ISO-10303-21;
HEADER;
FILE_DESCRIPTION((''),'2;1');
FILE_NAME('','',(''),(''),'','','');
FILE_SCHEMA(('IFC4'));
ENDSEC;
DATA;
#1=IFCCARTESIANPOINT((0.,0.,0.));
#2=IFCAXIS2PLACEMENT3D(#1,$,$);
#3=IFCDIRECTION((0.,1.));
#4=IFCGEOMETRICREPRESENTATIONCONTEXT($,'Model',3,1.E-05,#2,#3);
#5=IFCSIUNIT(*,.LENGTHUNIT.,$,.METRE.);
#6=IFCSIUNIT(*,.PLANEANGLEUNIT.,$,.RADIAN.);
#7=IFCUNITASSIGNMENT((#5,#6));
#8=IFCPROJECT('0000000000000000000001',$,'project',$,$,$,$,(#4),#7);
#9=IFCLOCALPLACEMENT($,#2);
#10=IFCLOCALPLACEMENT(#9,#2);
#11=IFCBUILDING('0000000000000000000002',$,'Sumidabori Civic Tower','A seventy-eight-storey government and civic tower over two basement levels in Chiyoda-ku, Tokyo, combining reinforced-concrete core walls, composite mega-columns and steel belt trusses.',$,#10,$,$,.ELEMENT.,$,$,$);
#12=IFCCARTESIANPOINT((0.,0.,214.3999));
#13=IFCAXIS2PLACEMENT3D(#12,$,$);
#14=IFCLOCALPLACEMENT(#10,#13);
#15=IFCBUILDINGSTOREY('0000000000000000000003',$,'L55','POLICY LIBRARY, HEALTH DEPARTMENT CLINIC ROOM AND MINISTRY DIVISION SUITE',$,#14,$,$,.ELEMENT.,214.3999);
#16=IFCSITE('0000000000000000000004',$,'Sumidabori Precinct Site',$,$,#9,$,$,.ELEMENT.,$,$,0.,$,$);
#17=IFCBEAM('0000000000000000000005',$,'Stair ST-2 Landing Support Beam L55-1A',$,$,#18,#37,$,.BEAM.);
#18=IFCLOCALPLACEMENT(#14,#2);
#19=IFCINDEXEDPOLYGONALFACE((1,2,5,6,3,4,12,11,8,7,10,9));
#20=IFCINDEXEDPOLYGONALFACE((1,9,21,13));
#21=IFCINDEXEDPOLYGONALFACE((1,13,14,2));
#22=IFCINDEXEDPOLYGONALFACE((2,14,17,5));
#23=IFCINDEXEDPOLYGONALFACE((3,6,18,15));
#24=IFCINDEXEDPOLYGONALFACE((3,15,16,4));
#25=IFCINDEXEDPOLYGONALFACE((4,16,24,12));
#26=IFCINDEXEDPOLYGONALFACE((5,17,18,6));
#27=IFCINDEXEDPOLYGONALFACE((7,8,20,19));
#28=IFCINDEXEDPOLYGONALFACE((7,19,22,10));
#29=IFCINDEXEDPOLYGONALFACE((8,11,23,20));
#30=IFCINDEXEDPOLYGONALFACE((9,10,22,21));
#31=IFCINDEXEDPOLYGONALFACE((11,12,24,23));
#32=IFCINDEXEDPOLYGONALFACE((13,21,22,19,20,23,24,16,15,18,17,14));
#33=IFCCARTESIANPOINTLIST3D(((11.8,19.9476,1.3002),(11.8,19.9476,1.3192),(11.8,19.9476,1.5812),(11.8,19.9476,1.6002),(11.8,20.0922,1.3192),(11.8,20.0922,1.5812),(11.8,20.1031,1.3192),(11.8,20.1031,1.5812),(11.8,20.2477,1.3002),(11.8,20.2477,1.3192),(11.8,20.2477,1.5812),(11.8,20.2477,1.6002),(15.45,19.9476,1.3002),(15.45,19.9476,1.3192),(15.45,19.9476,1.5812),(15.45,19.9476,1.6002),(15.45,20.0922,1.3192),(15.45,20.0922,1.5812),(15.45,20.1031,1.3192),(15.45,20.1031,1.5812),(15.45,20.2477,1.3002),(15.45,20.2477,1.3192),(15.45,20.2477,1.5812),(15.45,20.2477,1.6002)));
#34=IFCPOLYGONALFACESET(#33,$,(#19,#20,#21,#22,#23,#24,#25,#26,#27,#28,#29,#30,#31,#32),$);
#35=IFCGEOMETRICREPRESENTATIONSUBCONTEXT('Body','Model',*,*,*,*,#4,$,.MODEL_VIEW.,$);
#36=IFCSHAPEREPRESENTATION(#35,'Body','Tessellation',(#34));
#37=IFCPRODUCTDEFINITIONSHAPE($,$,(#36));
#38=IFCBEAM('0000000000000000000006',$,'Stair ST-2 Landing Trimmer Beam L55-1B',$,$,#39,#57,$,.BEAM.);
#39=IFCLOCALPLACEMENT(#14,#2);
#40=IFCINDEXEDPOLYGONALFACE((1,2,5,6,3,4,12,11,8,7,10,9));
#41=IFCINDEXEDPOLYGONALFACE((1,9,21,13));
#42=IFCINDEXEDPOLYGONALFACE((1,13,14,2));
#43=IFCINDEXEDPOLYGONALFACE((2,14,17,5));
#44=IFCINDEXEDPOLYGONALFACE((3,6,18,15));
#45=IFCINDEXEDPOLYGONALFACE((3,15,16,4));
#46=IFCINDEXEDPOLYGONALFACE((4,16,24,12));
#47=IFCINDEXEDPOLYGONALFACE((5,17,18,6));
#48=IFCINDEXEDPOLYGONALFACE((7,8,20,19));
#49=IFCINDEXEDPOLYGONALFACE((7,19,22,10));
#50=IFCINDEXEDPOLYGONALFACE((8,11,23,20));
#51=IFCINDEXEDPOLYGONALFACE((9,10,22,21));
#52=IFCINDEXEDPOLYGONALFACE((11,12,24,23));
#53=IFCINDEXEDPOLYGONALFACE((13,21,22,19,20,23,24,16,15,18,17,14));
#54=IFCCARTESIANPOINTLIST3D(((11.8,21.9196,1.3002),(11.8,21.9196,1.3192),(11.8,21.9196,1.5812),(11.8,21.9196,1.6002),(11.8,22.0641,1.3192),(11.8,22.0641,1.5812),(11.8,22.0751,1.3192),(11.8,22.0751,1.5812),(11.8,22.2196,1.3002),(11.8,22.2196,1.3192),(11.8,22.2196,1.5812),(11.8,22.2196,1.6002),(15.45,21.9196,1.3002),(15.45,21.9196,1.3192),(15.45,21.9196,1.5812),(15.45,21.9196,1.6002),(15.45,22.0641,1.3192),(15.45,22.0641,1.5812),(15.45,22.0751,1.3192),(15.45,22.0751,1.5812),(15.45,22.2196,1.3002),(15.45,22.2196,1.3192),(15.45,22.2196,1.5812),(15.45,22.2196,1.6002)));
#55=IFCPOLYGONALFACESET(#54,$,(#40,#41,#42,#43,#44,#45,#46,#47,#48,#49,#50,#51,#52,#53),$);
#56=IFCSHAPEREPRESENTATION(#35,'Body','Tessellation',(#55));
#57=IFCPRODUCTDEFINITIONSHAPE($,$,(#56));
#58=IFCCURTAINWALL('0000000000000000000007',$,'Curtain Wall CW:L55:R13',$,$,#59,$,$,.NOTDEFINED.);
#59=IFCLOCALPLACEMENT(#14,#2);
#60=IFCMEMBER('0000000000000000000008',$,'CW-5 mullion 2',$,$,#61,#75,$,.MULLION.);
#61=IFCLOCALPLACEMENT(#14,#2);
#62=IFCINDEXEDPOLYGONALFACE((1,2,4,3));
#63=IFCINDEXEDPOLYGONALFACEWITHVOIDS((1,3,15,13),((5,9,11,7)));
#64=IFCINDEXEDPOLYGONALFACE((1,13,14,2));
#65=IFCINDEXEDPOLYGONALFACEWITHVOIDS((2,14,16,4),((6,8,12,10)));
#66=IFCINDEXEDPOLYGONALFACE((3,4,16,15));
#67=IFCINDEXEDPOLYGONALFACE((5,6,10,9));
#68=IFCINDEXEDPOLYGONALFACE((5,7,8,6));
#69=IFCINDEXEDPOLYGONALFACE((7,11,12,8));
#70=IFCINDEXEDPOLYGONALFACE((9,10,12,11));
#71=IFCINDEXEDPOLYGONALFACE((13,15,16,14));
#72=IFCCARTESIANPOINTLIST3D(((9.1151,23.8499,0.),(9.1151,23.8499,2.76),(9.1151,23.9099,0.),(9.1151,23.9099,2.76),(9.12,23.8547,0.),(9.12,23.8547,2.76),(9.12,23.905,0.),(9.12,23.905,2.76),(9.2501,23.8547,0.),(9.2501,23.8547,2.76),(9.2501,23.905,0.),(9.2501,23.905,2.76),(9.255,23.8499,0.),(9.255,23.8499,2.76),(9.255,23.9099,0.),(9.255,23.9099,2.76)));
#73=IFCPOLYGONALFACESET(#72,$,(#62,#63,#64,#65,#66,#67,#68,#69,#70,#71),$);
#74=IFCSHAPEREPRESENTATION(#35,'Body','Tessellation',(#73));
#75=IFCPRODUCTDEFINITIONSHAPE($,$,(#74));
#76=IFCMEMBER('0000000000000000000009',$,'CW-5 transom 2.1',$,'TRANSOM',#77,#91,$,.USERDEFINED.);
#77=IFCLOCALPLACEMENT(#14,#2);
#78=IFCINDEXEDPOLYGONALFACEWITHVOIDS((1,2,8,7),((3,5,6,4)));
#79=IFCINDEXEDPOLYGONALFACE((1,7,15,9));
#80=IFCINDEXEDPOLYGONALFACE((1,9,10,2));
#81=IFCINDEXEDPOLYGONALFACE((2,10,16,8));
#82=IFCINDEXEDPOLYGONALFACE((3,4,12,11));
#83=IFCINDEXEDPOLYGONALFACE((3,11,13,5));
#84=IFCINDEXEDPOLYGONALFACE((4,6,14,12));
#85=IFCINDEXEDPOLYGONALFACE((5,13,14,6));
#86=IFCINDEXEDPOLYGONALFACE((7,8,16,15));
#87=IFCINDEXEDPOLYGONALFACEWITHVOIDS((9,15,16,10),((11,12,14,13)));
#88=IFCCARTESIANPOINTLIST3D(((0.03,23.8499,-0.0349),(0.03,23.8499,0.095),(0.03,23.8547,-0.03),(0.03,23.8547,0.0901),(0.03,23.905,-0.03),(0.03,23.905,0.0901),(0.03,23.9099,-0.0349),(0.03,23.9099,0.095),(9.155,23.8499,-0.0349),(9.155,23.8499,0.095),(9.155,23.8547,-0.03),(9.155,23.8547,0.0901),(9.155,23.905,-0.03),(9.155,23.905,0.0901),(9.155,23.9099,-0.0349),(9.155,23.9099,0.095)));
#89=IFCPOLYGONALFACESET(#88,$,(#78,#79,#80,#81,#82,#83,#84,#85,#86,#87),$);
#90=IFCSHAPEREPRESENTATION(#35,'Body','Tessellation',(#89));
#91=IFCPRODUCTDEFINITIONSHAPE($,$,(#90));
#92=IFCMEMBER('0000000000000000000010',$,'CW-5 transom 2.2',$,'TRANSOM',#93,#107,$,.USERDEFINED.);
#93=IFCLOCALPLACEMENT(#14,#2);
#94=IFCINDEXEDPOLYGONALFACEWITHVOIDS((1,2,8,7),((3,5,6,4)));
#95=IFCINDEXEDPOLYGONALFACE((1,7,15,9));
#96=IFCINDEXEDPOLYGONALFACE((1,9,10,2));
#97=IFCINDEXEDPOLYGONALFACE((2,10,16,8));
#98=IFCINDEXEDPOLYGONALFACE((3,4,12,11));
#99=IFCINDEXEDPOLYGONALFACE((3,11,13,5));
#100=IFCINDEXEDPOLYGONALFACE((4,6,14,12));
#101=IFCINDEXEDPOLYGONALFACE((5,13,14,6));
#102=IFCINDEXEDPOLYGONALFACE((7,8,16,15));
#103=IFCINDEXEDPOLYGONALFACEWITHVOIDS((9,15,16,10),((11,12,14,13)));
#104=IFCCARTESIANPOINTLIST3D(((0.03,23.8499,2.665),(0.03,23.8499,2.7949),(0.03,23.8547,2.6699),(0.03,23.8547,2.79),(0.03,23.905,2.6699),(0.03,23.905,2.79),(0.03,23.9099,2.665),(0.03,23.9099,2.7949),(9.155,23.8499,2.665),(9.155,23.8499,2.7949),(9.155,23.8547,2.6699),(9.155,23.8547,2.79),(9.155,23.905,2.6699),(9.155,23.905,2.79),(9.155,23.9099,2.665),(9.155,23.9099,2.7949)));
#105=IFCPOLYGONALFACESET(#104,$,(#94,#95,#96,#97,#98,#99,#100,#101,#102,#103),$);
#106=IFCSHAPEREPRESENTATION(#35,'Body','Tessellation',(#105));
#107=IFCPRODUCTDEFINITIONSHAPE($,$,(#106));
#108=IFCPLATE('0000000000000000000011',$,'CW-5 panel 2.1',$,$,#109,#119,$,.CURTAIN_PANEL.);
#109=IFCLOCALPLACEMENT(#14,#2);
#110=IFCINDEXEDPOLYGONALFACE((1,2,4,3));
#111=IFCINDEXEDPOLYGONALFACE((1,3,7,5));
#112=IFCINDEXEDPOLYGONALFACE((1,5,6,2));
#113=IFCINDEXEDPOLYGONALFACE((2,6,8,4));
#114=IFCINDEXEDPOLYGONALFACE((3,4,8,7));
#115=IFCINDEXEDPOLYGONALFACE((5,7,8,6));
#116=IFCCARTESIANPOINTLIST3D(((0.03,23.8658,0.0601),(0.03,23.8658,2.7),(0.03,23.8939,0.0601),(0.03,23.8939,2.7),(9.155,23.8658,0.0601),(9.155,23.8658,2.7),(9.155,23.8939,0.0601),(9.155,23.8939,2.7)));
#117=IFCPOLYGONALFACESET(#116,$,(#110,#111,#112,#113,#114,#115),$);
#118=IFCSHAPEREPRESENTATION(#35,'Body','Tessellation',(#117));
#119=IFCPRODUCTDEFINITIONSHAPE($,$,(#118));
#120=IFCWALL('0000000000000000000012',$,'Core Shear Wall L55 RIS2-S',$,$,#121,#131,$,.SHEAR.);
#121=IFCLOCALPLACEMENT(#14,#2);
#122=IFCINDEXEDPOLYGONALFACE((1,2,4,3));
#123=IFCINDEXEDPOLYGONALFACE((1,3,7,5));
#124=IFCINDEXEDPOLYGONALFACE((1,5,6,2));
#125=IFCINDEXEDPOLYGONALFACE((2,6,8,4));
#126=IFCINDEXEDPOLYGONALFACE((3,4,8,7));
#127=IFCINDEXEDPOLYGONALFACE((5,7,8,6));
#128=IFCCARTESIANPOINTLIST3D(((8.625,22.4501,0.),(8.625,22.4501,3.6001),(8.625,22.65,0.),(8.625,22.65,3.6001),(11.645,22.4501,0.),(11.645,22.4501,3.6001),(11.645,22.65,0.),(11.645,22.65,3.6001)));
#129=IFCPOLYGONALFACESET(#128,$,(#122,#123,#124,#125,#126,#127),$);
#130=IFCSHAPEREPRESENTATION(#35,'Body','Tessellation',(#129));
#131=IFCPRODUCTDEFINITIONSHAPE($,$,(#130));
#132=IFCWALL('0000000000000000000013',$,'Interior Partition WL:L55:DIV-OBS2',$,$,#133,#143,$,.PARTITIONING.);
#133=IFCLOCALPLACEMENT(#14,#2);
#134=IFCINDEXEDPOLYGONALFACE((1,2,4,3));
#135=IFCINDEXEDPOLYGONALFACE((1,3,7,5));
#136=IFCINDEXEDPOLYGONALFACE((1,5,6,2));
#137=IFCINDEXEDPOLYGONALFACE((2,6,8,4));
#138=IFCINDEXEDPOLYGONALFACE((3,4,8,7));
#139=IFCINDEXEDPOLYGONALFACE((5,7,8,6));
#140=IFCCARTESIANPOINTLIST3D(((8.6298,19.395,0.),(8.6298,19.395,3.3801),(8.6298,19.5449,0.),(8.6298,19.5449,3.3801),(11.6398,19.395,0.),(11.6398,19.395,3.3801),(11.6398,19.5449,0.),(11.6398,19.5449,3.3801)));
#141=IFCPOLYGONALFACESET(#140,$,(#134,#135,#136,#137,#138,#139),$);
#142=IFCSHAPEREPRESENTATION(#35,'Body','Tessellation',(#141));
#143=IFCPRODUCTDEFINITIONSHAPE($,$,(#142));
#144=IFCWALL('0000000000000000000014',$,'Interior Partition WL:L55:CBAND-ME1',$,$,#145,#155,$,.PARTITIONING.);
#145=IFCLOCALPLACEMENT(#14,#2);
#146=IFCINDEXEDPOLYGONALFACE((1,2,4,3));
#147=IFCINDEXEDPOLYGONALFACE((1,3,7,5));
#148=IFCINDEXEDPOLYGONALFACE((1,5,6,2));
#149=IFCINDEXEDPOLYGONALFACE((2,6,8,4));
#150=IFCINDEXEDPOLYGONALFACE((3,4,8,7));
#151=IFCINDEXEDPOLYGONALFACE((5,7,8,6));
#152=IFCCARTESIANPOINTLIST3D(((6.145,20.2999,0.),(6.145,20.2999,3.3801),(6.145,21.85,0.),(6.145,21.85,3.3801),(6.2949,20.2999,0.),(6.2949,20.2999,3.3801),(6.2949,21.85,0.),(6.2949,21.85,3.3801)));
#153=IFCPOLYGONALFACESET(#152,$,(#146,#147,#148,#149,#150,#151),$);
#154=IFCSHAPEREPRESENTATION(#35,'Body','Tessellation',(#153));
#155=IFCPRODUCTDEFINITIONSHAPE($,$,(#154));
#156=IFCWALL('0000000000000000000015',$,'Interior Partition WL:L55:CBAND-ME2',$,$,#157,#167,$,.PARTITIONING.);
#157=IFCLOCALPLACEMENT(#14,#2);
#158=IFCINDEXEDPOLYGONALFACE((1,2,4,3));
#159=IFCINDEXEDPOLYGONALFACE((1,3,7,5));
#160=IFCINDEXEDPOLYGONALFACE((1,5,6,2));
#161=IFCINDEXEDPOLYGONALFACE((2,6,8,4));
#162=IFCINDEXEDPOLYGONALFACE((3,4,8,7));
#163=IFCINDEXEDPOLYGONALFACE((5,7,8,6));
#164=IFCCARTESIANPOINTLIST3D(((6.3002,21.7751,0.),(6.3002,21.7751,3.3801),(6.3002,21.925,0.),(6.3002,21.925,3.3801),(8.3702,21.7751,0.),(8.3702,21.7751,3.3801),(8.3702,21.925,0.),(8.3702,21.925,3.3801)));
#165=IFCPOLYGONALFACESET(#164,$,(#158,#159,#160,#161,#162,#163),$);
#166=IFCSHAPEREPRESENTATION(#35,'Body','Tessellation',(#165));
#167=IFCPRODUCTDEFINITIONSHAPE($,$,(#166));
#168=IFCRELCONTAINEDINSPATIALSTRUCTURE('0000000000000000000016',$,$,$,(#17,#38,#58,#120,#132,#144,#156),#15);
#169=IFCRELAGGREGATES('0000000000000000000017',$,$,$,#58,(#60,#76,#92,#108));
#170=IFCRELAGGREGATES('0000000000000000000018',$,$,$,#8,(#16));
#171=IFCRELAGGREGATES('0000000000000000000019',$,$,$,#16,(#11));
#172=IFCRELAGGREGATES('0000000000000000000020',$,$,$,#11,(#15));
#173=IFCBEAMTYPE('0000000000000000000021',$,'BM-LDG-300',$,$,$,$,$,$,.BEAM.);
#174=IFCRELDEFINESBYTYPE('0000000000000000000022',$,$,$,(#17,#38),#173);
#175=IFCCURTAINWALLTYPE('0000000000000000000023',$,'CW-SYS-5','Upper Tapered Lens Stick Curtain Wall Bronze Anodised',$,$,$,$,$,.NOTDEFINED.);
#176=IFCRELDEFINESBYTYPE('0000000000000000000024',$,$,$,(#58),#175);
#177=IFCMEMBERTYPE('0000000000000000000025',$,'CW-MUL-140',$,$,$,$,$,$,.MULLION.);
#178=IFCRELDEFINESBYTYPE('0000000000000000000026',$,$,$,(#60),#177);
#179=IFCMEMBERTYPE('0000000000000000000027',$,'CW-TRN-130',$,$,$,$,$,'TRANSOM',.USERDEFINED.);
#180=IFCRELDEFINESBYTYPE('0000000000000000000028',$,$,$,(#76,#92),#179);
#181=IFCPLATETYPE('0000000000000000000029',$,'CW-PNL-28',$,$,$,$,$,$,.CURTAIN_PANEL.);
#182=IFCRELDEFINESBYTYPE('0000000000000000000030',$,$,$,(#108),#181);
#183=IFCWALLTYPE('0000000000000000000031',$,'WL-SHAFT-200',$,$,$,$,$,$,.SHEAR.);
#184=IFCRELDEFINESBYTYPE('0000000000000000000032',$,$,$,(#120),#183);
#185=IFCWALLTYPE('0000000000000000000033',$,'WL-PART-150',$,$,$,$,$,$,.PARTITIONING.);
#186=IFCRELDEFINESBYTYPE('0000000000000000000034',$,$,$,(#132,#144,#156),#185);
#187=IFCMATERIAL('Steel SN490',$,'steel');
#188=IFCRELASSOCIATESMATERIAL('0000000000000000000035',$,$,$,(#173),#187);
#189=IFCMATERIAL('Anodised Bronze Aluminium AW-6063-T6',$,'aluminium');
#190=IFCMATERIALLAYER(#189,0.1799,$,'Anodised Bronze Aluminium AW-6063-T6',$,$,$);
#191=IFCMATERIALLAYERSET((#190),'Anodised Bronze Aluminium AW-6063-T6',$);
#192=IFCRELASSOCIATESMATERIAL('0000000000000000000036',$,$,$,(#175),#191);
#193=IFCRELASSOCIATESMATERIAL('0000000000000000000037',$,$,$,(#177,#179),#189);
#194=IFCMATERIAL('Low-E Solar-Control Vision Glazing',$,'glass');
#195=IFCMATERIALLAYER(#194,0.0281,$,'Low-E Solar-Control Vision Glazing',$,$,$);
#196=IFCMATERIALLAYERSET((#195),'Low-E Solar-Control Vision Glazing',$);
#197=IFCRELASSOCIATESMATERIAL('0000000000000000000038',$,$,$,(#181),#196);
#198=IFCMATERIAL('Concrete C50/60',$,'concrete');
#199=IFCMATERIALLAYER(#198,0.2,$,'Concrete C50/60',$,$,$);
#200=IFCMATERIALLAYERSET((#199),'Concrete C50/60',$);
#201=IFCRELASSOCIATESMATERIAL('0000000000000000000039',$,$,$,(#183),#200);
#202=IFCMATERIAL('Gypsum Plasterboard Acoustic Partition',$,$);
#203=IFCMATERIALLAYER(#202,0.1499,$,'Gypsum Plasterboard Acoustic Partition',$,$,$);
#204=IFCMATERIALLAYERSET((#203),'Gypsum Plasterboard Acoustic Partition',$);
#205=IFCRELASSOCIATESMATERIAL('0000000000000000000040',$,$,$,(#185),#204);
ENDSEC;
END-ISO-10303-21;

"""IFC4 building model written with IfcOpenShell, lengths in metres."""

from ifc_helpers import new_model, si_unit, direction, frame, frame_2d, origin, origin_2d, place, context, subcontext, project, spatial, rectangle, hollow_rectangle, i_section, extrude, source, transform, mapped, material, layer, layer_set, material_profile, profile_set, type_object, element, aggregate, save


model = new_model("IFC4")

# Units and contexts
model_context = context("Model", 3, precision=1e-05, world=origin(), true_north=direction((0.0, 1.0)))
body_context = subcontext(model_context, "Body", "Model", "MODEL_VIEW")
ifc_project = project(units=[si_unit("LENGTHUNIT", "METRE"), si_unit("PLANEANGLEUNIT", "RADIAN")], contexts=[model_context])

# Site, building, storey
site_placement = place(None, origin())
site = spatial("IfcSite", under=ifc_project, at=site_placement, Name="Sumidabori Precinct Site", CompositionType="ELEMENT", RefElevation=0.0)
building_placement = place(site_placement, origin())
building = spatial("IfcBuilding", under=site, at=building_placement, Name="Sumidabori Civic Tower", Description="A seventy-eight-storey government and civic tower over two basement levels in Chiyoda-ku, Tokyo, combining reinforced-concrete core walls, composite mega-columns and steel belt trusses.", CompositionType="ELEMENT")
storey_placement = place(building_placement, frame((0.0, 0.0, 214.3999)))
storey = spatial("IfcBuildingStorey", under=building, at=storey_placement, Name="L55", Description="POLICY LIBRARY, HEALTH DEPARTMENT CLINIC ROOM AND MINISTRY DIVISION SUITE", CompositionType="ELEMENT", Elevation=214.3999)

# Beams
ifc_material_1 = material(Name="Steel SN490", Category="steel")
ifc_material_profile_1 = material_profile(ifc_material_1, i_section(OverallWidth=0.3, OverallDepth=0.3, WebThickness=0.011, FlangeThickness=0.019, at=origin_2d()), Name="HE 300 B")
ifc_profile_set_1 = profile_set([ifc_material_profile_1], Name="Steel SN490")
beam_type = type_object("IfcBeamType", Name="BM-LDG-300", PredefinedType="BEAM", material=ifc_profile_set_1)
shared_shape_1 = source(origin(), body_context, "Body", "SweptSolid", [
    extrude(i_section(OverallWidth=0.3, OverallDepth=0.3, WebThickness=0.011, FlangeThickness=0.019, at=origin_2d()), origin(), (0.0, 0.0, 1.0), 3.6499),
])
for number, where, z_axis, x_axis, name in (
    (1, (11.8, 20.0977, 1.4502), (1.0, 0.0, 0.0), (0.0, 1.0, 0.0), "Stair ST-2 Landing Support Beam L55-1A"),
    (2, (11.8, 22.0696, 1.4502), (1.0, 0.0, 0.0), (0.0, 1.0, 0.0), "Stair ST-2 Landing Trimmer Beam L55-1B"),
):
    element("IfcBeam", number, at=place(storey_placement, frame(where, z_axis=z_axis, x_axis=x_axis)), inside=storey, type_object=beam_type, Name=name, PredefinedType="BEAM", context=body_context, shape_type="MappedRepresentation", body=[
        mapped(shared_shape_1, transform((0.0, 0.0, 0.0), x_axis=(1.0, 0.0, 0.0), y_axis=(0.0, 1.0, 0.0), z_axis=(0.0, 0.0, 1.0), scale=1.0)),
    ])

# Curtain wall, members, plate
ifc_material_2 = material(Name="Anodised Bronze Aluminium AW-6063-T6", Category="aluminium")
ifc_layer_1 = layer(ifc_material_2, 0.1799, Name="Anodised Bronze Aluminium AW-6063-T6")
ifc_layer_set_1 = layer_set([ifc_layer_1], Name="Anodised Bronze Aluminium AW-6063-T6")
curtain_wall_type = type_object("IfcCurtainWallType", Name="CW-SYS-5", Description="Upper Tapered Lens Stick Curtain Wall Bronze Anodised", PredefinedType="NOTDEFINED", material=ifc_layer_set_1)
curtain_wall_placement = place(storey_placement, origin())
curtain_wall = element("IfcCurtainWall", 3, at=curtain_wall_placement, inside=storey, type_object=curtain_wall_type, Name="Curtain Wall CW:L55:R13", PredefinedType="NOTDEFINED")
ifc_material_profile_2 = material_profile(ifc_material_2, hollow_rectangle(XDim=0.0601, YDim=0.1399, WallThickness=0.0049, at=origin_2d()), Name="ALU MULLION 140x60")
ifc_profile_set_2 = profile_set([ifc_material_profile_2], Name="Anodised Bronze Aluminium AW-6063-T6")
member_type_1 = type_object("IfcMemberType", Name="CW-MUL-140", PredefinedType="MULLION", material=ifc_profile_set_2)
shared_shape_2 = source(origin(), body_context, "Body", "SweptSolid", [
    extrude(hollow_rectangle(XDim=0.0601, YDim=0.1399, WallThickness=0.0049, at=origin_2d()), origin(), (0.0, 0.0, 1.0), 2.76),
])
member_1_placement = place(storey_placement, frame((9.1851, 23.8799, 0.0), z_axis=(0.0, 0.0, 1.0), x_axis=(0.0, -1.0, 0.0)))
member_1 = element("IfcMember", 4, at=member_1_placement, type_object=member_type_1, Name="CW-5 mullion 2", PredefinedType="MULLION", context=body_context, shape_type="MappedRepresentation", body=[
    mapped(shared_shape_2, transform((0.0, 0.0, 0.0), x_axis=(1.0, 0.0, 0.0), y_axis=(0.0, 1.0, 0.0), z_axis=(0.0, 0.0, 1.0), scale=1.0)),
])
ifc_material_profile_3 = material_profile(ifc_material_2, hollow_rectangle(XDim=0.0601, YDim=0.1299, WallThickness=0.0049, at=origin_2d()), Name="ALU TRANSOM 130x60")
ifc_profile_set_3 = profile_set([ifc_material_profile_3], Name="Anodised Bronze Aluminium AW-6063-T6")
member_type_2 = type_object("IfcMemberType", Name="CW-TRN-130", ElementType="TRANSOM", PredefinedType="USERDEFINED", material=ifc_profile_set_3)
shared_shape_3 = source(origin(), body_context, "Body", "SweptSolid", [
    extrude(hollow_rectangle(XDim=0.0601, YDim=0.1299, WallThickness=0.0049, at=origin_2d()), origin(), (0.0, 0.0, 1.0), 9.125),
])
member_2_placement = place(storey_placement, frame((9.155, 23.8799, 0.03), z_axis=(-1.0, 0.0, 0.0), x_axis=(0.0, -1.0, 0.0)))
member_2 = element("IfcMember", 5, at=member_2_placement, type_object=member_type_2, Name="CW-5 transom 2.1", ObjectType="TRANSOM", PredefinedType="USERDEFINED", context=body_context, shape_type="MappedRepresentation", body=[
    mapped(shared_shape_3, transform((0.0, 0.0, 0.0), x_axis=(1.0, 0.0, 0.0), y_axis=(0.0, 1.0, 0.0), z_axis=(0.0, 0.0, 1.0), scale=1.0)),
])
member_3_placement = place(storey_placement, frame((9.155, 23.8799, 2.73), z_axis=(-1.0, 0.0, 0.0), x_axis=(0.0, -1.0, 0.0)))
member_3 = element("IfcMember", 6, at=member_3_placement, type_object=member_type_2, Name="CW-5 transom 2.2", ObjectType="TRANSOM", PredefinedType="USERDEFINED", context=body_context, shape_type="MappedRepresentation", body=[
    mapped(shared_shape_3, transform((0.0, 0.0, 0.0), x_axis=(1.0, 0.0, 0.0), y_axis=(0.0, 1.0, 0.0), z_axis=(0.0, 0.0, 1.0), scale=1.0)),
])
ifc_material_3 = material(Name="Low-E Solar-Control Vision Glazing", Category="glass")
ifc_layer_2 = layer(ifc_material_3, 0.0281, Name="Low-E Solar-Control Vision Glazing")
ifc_layer_set_2 = layer_set([ifc_layer_2], Name="Low-E Solar-Control Vision Glazing")
plate_type = type_object("IfcPlateType", Name="CW-PNL-28", PredefinedType="CURTAIN_PANEL", material=ifc_layer_set_2)
shared_shape_4 = source(origin(), body_context, "Body", "SweptSolid", [
    extrude(rectangle(XDim=9.125, YDim=0.0281, at=origin_2d()), origin(), (0.0, 0.0, 1.0), 2.6399),
])
plate_placement = place(storey_placement, frame((4.5925, 23.8799, 0.0601), z_axis=(0.0, 0.0, 1.0), x_axis=(-1.0, 0.0, 0.0)))
plate = element("IfcPlate", 7, at=plate_placement, type_object=plate_type, Name="CW-5 panel 2.1", PredefinedType="CURTAIN_PANEL", context=body_context, shape_type="MappedRepresentation", body=[
    mapped(shared_shape_4, transform((0.0, 0.0, 0.0), x_axis=(1.0, 0.0, 0.0), y_axis=(0.0, 1.0, 0.0), z_axis=(0.0, 0.0, 1.0), scale=1.0)),
])
aggregate(curtain_wall, [member_1, member_2, member_3, plate])

# Walls
ifc_material_4 = material(Name="Concrete C50/60", Category="concrete")
ifc_layer_3 = layer(ifc_material_4, 0.2, Name="Concrete C50/60")
ifc_layer_set_3 = layer_set([ifc_layer_3], Name="Concrete C50/60")
wall_type_1 = type_object("IfcWallType", Name="WL-SHAFT-200", PredefinedType="SHEAR", material=ifc_layer_set_3)
shared_shape_5 = source(origin(), body_context, "Body", "SweptSolid", [
    extrude(rectangle(XDim=3.02, YDim=0.2, at=frame_2d((1.51, 0.0))), origin(), (0.0, 0.0, 1.0), 3.6001),
])
wall_1_placement = place(storey_placement, frame((8.625, 22.55, 0.0), z_axis=(0.0, 0.0, 1.0), x_axis=(1.0, 0.0, 0.0)))
element("IfcWall", 8, at=wall_1_placement, inside=storey, type_object=wall_type_1, Name="Core Shear Wall L55 RIS2-S", PredefinedType="SHEAR", context=body_context, shape_type="MappedRepresentation", body=[
    mapped(shared_shape_5, transform((0.0, 0.0, 0.0), x_axis=(1.0, 0.0, 0.0), y_axis=(0.0, 1.0, 0.0), z_axis=(0.0, 0.0, 1.0), scale=1.0)),
])
ifc_material_5 = material(Name="Gypsum Plasterboard Acoustic Partition")
ifc_layer_4 = layer(ifc_material_5, 0.1499, Name="Gypsum Plasterboard Acoustic Partition")
ifc_layer_set_4 = layer_set([ifc_layer_4], Name="Gypsum Plasterboard Acoustic Partition")
wall_type_2 = type_object("IfcWallType", Name="WL-PART-150", PredefinedType="PARTITIONING", material=ifc_layer_set_4)
shared_shape_6 = source(origin(), body_context, "Body", "SweptSolid", [
    extrude(rectangle(XDim=3.01, YDim=0.1499, at=frame_2d((1.5049, 0.0))), origin(), (0.0, 0.0, 1.0), 3.3801),
])
wall_2_placement = place(storey_placement, frame((8.6299, 19.47, 0.0), z_axis=(0.0, 0.0, 1.0), x_axis=(1.0, 0.0, 0.0)))
element("IfcWall", 9, at=wall_2_placement, inside=storey, type_object=wall_type_2, Name="Interior Partition WL:L55:DIV-OBS2", PredefinedType="PARTITIONING", context=body_context, shape_type="MappedRepresentation", body=[
    mapped(shared_shape_6, transform((0.0, 0.0, 0.0), x_axis=(1.0, 0.0, 0.0), y_axis=(0.0, 1.0, 0.0), z_axis=(0.0, 0.0, 1.0), scale=1.0)),
])
shared_shape_7 = source(origin(), body_context, "Body", "SweptSolid", [
    extrude(rectangle(XDim=1.55, YDim=0.1499, at=frame_2d((0.7749, 0.0))), origin(), (0.0, 0.0, 1.0), 3.3801),
])
wall_3_placement = place(storey_placement, frame((6.22, 20.3, 0.0), z_axis=(0.0, 0.0, 1.0), x_axis=(0.0, 1.0, 0.0)))
element("IfcWall", 10, at=wall_3_placement, inside=storey, type_object=wall_type_2, Name="Interior Partition WL:L55:CBAND-ME1", PredefinedType="PARTITIONING", context=body_context, shape_type="MappedRepresentation", body=[
    mapped(shared_shape_7, transform((0.0, 0.0, 0.0), x_axis=(1.0, 0.0, 0.0), y_axis=(0.0, 1.0, 0.0), z_axis=(0.0, 0.0, 1.0), scale=1.0)),
])
shared_shape_8 = source(origin(), body_context, "Body", "SweptSolid", [
    extrude(rectangle(XDim=2.0701, YDim=0.1499, at=frame_2d((1.0352, 0.0))), origin(), (0.0, 0.0, 1.0), 3.3801),
])
wall_4_placement = place(storey_placement, frame((6.3, 21.8501, 0.0), z_axis=(0.0, 0.0, 1.0), x_axis=(1.0, 0.0, 0.0)))
element("IfcWall", 11, at=wall_4_placement, inside=storey, type_object=wall_type_2, Name="Interior Partition WL:L55:CBAND-ME2", PredefinedType="PARTITIONING", context=body_context, shape_type="MappedRepresentation", body=[
    mapped(shared_shape_8, transform((0.0, 0.0, 0.0), x_axis=(1.0, 0.0, 0.0), y_axis=(0.0, 1.0, 0.0), z_axis=(0.0, 0.0, 1.0), scale=1.0)),
])

save(model, "model.ifc")
